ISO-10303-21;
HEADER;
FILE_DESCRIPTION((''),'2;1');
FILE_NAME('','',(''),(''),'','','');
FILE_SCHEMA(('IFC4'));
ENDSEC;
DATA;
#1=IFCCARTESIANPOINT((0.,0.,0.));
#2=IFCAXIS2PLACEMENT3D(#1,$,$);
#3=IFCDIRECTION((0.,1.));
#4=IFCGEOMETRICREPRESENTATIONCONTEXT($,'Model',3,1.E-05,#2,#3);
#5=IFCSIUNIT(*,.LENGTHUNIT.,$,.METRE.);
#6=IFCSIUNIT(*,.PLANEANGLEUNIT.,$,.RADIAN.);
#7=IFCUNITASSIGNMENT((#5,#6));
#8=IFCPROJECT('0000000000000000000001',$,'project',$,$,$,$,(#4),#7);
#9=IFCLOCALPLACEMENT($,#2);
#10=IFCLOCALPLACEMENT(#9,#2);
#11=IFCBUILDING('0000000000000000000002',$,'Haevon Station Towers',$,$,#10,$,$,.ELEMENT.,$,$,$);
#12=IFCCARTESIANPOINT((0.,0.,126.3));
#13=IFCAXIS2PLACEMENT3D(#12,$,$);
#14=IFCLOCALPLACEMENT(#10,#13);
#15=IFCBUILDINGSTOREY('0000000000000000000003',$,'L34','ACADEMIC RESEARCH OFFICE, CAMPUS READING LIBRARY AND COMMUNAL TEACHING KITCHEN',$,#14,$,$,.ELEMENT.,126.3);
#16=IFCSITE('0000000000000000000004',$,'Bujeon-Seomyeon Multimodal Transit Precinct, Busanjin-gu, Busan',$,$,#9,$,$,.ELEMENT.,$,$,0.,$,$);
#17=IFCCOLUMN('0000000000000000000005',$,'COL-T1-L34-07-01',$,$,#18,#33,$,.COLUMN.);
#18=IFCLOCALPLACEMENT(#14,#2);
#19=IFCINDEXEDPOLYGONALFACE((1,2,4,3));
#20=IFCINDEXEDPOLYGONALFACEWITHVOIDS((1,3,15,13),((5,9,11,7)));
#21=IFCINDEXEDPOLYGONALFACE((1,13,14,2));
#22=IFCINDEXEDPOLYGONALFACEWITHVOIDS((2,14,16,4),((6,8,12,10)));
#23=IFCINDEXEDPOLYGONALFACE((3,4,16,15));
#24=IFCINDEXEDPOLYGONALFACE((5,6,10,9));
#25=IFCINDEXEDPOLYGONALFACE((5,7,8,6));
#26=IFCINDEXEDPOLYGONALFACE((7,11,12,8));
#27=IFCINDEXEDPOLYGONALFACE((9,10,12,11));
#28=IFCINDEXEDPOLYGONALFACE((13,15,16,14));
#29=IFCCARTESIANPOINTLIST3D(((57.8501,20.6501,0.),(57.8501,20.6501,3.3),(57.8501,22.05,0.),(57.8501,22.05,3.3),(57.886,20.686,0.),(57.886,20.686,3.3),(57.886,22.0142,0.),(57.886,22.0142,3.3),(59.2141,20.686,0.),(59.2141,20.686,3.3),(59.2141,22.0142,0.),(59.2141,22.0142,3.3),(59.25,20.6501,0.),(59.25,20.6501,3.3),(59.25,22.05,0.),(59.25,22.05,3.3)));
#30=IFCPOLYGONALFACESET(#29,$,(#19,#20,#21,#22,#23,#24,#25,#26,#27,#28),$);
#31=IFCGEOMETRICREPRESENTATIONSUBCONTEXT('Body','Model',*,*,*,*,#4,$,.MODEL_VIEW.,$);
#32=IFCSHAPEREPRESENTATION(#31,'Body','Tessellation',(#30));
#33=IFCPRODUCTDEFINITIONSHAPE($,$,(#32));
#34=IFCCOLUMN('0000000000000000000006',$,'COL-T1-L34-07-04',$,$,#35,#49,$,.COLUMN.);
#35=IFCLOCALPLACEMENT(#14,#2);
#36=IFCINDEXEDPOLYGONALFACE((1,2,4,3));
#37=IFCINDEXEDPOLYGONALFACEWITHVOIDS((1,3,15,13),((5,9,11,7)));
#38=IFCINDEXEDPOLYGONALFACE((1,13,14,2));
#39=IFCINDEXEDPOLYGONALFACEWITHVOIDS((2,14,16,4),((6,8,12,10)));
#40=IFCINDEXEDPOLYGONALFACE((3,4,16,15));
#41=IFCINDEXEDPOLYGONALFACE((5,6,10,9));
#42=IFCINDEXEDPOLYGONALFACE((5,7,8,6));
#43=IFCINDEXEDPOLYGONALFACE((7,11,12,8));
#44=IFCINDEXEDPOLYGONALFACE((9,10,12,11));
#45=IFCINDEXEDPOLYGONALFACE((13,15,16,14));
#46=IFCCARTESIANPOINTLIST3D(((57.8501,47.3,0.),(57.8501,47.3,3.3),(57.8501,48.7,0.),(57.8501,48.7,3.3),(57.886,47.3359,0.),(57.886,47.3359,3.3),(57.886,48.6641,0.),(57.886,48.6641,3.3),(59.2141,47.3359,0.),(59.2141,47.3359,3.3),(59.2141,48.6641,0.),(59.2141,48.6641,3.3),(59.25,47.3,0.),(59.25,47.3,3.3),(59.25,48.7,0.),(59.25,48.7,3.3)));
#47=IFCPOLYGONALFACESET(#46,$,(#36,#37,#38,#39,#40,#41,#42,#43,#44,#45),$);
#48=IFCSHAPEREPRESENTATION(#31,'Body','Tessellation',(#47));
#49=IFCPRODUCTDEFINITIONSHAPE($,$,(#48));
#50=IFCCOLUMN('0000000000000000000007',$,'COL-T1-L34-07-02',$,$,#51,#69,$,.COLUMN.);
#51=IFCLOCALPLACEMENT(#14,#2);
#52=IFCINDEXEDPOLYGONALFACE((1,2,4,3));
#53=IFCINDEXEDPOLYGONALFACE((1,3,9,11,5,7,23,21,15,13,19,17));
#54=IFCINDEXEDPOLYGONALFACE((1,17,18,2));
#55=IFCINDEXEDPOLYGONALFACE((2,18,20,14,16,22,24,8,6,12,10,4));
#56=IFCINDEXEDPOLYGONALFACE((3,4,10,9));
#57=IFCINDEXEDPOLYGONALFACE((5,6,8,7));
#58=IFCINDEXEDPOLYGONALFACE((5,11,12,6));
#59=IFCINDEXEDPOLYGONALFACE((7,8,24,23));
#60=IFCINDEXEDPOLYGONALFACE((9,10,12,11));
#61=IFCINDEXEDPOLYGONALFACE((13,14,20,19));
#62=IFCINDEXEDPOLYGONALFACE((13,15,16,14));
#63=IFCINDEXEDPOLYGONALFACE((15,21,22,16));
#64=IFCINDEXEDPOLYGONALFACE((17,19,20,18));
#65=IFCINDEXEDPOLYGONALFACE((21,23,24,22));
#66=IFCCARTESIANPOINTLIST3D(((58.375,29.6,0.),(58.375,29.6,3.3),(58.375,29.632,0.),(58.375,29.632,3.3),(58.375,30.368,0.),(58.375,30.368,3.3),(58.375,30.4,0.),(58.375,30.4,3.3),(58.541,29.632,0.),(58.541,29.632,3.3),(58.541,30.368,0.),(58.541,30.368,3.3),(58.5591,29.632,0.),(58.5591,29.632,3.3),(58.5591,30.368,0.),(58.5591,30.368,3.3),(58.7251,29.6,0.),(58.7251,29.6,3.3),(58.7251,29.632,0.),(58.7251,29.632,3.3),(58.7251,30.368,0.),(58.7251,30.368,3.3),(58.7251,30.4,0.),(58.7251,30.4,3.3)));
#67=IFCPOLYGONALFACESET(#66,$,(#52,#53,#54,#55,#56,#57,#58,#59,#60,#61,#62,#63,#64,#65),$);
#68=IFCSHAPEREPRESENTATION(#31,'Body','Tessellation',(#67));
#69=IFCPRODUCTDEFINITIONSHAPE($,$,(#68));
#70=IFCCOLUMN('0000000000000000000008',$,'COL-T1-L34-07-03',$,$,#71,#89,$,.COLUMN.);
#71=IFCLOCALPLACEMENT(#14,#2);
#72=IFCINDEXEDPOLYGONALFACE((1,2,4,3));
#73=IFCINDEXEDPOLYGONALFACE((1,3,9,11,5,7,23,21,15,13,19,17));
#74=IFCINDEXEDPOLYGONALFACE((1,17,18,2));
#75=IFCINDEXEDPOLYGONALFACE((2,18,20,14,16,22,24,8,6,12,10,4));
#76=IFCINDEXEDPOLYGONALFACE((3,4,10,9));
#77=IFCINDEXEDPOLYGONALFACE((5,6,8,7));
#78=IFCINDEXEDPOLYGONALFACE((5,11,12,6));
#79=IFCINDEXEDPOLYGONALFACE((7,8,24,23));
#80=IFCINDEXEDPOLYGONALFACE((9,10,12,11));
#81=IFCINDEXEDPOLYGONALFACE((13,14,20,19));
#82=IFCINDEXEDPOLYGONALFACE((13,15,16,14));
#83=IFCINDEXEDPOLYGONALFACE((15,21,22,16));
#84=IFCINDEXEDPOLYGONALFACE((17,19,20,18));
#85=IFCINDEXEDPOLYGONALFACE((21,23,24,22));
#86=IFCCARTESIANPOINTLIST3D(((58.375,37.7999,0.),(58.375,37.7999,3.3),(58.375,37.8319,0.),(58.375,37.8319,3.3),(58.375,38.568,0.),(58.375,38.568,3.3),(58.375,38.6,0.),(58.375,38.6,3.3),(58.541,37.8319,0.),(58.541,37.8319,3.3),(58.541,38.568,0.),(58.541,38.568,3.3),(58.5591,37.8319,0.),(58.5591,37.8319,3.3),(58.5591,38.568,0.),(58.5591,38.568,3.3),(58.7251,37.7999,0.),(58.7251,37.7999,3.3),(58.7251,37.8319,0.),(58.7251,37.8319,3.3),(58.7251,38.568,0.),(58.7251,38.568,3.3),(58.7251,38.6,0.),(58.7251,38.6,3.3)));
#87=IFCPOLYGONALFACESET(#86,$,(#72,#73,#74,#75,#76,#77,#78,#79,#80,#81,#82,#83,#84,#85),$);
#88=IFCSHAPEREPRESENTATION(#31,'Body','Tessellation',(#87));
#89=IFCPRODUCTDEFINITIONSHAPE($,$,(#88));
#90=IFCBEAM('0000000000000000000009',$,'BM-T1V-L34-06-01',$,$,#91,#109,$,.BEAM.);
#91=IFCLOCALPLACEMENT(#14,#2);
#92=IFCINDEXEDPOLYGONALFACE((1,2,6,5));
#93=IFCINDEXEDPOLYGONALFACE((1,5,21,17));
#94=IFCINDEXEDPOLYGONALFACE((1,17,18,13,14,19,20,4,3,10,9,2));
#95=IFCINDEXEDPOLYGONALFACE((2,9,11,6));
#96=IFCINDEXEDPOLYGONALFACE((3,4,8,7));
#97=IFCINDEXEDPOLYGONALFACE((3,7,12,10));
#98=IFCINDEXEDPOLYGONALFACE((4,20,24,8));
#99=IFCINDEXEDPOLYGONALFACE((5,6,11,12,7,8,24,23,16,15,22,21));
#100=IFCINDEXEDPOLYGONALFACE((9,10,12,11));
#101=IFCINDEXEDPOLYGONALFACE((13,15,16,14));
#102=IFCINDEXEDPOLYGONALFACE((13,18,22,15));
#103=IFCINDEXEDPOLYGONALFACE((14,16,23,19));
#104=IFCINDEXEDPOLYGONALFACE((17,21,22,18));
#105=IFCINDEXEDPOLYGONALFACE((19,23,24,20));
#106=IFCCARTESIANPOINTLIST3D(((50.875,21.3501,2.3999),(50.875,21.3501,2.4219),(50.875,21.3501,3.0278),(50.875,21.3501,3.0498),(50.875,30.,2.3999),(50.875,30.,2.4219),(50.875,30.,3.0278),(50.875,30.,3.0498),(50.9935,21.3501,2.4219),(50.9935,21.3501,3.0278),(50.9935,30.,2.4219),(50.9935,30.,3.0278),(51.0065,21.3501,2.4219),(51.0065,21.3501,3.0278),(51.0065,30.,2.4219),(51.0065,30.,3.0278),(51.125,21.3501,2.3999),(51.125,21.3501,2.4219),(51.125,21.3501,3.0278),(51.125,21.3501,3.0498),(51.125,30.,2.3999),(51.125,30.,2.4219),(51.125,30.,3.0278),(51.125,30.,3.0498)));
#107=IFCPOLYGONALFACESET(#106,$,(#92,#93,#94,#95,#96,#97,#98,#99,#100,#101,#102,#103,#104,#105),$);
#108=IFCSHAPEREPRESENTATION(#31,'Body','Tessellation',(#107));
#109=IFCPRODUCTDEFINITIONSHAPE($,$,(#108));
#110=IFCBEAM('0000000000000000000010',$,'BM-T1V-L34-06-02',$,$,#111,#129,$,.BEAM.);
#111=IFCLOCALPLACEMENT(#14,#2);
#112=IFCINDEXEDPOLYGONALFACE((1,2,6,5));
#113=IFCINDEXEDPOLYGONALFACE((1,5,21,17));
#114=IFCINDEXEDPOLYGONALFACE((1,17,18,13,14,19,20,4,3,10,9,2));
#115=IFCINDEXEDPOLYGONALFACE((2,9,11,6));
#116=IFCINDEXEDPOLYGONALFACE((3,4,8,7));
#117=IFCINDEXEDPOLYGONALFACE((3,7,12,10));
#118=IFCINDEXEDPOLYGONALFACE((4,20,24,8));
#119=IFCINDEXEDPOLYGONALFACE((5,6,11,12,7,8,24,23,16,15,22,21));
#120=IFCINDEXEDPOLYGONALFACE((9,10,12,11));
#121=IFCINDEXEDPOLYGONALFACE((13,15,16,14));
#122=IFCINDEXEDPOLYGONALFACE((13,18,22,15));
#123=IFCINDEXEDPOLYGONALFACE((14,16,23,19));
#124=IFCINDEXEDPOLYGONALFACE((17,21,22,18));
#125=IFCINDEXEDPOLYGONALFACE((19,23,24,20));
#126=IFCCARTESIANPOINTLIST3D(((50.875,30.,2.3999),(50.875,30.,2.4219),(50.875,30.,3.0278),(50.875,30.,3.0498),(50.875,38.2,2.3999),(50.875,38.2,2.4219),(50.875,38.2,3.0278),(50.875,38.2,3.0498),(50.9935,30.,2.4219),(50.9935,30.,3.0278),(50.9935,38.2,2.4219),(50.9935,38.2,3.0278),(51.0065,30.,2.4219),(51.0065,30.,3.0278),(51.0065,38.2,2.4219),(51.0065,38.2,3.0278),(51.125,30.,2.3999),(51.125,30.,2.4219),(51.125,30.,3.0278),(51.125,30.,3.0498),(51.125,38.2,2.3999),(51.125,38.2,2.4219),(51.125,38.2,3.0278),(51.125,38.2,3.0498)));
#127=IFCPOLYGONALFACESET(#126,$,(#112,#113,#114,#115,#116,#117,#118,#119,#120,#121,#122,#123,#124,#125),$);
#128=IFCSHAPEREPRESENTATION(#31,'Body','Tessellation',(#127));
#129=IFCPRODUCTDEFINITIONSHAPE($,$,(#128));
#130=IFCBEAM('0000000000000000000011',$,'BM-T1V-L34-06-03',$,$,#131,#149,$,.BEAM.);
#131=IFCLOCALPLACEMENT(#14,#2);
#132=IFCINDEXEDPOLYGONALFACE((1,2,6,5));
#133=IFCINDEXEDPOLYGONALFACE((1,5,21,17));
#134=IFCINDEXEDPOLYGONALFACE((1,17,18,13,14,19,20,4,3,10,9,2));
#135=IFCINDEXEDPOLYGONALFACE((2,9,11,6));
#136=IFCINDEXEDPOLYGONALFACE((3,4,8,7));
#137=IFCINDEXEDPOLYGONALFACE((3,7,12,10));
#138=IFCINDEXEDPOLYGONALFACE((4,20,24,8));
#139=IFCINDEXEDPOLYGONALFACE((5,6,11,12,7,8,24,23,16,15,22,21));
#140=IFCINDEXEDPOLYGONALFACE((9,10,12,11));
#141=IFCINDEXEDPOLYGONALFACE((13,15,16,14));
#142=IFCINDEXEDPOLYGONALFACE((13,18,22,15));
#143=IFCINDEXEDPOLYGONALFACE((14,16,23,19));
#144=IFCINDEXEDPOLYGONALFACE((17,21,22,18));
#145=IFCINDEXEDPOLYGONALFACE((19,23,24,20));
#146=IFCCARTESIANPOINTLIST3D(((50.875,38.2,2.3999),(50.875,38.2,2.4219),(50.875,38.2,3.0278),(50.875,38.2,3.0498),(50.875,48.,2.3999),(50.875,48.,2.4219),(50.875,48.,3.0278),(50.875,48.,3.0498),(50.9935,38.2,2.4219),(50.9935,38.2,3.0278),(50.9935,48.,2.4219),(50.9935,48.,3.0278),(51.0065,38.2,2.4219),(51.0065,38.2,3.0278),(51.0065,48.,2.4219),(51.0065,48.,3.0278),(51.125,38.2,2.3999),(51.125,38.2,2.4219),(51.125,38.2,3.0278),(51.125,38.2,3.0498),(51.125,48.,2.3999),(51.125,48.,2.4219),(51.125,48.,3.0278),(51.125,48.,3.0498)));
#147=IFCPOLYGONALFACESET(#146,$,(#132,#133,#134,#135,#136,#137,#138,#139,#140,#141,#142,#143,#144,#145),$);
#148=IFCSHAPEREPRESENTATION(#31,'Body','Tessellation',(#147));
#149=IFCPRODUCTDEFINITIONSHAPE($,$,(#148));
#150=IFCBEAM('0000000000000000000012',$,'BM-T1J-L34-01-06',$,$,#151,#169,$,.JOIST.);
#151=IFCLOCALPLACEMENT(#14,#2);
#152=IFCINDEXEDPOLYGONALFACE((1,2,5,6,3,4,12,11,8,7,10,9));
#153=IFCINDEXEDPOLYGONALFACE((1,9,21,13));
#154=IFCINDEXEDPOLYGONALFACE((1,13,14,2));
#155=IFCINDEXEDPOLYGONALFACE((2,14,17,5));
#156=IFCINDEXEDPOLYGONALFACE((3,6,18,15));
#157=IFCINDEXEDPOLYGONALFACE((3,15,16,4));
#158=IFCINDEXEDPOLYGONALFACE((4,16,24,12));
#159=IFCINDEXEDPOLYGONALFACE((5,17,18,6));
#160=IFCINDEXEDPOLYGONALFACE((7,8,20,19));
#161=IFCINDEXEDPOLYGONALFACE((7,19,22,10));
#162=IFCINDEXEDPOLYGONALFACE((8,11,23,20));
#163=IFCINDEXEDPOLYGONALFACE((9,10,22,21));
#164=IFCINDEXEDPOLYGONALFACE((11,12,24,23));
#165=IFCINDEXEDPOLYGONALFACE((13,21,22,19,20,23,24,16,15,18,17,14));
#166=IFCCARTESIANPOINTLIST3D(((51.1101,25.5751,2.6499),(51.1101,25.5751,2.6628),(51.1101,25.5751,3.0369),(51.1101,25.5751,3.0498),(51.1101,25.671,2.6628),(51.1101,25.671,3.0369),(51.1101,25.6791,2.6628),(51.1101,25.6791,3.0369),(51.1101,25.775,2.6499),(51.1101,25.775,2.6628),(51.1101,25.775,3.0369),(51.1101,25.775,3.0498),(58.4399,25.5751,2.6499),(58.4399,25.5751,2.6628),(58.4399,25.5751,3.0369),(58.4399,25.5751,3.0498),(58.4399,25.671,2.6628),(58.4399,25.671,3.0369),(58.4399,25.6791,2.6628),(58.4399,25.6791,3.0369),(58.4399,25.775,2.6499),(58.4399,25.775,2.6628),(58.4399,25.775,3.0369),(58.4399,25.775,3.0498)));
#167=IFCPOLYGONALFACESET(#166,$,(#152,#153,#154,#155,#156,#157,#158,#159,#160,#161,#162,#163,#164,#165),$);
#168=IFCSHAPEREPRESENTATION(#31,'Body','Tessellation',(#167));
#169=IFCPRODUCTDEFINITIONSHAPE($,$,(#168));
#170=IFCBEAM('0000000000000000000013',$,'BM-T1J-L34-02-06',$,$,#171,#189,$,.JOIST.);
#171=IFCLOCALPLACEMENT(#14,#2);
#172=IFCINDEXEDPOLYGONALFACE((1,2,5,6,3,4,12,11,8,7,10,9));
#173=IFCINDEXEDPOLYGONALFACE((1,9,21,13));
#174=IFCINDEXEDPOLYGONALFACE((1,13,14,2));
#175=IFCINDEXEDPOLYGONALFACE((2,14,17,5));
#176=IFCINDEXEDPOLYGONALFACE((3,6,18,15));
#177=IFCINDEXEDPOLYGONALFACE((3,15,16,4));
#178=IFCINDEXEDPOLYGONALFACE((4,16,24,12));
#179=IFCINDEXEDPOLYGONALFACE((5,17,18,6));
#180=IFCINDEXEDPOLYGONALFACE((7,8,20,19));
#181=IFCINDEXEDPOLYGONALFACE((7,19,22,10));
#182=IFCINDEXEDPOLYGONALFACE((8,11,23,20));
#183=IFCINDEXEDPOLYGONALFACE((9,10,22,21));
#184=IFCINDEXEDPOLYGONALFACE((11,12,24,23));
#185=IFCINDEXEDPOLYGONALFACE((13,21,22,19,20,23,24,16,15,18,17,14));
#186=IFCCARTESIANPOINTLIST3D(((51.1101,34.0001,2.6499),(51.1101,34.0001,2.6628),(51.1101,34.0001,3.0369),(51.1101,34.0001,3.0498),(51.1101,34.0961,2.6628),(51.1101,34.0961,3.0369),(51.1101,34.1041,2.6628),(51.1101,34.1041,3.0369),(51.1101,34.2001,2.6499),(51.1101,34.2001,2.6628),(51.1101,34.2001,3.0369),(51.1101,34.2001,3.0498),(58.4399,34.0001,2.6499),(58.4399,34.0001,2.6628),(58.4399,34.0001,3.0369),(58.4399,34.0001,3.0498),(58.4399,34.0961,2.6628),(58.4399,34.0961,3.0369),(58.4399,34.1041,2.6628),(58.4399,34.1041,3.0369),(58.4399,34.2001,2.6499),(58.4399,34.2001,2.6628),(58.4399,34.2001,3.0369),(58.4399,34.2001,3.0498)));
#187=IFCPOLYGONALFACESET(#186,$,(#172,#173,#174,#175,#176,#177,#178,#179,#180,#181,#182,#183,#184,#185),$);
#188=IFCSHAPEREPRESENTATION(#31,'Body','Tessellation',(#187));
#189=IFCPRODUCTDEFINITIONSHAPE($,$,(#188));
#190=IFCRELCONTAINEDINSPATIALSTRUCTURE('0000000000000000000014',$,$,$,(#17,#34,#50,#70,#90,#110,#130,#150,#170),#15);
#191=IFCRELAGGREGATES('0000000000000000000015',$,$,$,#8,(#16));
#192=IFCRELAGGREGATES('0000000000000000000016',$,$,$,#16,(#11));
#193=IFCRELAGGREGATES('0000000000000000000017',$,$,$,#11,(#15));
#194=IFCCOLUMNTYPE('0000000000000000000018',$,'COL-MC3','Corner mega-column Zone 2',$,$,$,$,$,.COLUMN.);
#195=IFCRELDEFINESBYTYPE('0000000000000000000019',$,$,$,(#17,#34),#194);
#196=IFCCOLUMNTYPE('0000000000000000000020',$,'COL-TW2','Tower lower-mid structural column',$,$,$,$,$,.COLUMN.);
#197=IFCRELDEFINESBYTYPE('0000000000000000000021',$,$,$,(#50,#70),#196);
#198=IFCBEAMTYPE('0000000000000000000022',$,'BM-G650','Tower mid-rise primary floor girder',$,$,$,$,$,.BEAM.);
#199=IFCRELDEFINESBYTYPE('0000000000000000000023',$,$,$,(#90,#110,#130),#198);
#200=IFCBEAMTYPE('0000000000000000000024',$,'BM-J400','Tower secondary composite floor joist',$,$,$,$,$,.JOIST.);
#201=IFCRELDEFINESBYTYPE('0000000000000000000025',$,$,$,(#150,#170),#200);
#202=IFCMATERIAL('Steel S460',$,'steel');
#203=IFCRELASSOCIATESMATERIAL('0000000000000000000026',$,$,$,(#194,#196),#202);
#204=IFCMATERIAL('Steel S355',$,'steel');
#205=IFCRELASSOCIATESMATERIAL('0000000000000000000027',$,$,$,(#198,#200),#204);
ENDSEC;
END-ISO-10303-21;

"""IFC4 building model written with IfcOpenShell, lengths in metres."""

from ifc_helpers import new_model, si_unit, direction, frame, origin, origin_2d, place, context, subcontext, project, spatial, hollow_rectangle, i_section, extrude, material, material_profile, profile_set, type_object, element, save


model = new_model("IFC4")

# Units and contexts
model_context = context("Model", 3, precision=1e-05, world=origin(), true_north=direction((0.0, 1.0)))
body_context = subcontext(model_context, "Body", "Model", "MODEL_VIEW")
ifc_project = project(units=[si_unit("LENGTHUNIT", "METRE"), si_unit("PLANEANGLEUNIT", "RADIAN")], contexts=[model_context])

# Site, building, storey
site_placement = place(None, origin())
site = spatial("IfcSite", under=ifc_project, at=site_placement, Name="Bujeon-Seomyeon Multimodal Transit Precinct, Busanjin-gu, Busan", CompositionType="ELEMENT", RefElevation=0.0)
building_placement = place(site_placement, origin())
building = spatial("IfcBuilding", under=site, at=building_placement, Name="Haevon Station Towers", CompositionType="ELEMENT")
storey_placement = place(building_placement, frame((0.0, 0.0, 126.3)))
storey = spatial("IfcBuildingStorey", under=building, at=storey_placement, Name="L34", Description="ACADEMIC RESEARCH OFFICE, CAMPUS READING LIBRARY AND COMMUNAL TEACHING KITCHEN", CompositionType="ELEMENT", Elevation=126.3)

# Columns
ifc_material_1 = material(Name="Steel S460", Category="steel")
ifc_material_profile_1 = material_profile(ifc_material_1, hollow_rectangle(XDim=1.3999, YDim=1.3999, WallThickness=0.0359, at=origin_2d()), Name="BOX-1400x1400x36")
ifc_profile_set_1 = profile_set([ifc_material_profile_1], Name="Steel S460")
column_type_1 = type_object("IfcColumnType", Name="COL-MC3", Description="Corner mega-column Zone 2", PredefinedType="COLUMN", material=ifc_profile_set_1)
for number, where, z_axis, x_axis, name in (
    (1, (58.55, 21.3501, 0.0), (0.0, 0.0, 1.0), (1.0, 0.0, 0.0), "COL-T1-L34-07-01"),
    (2, (58.55, 48.0, 0.0), (0.0, 0.0, 1.0), (1.0, 0.0, 0.0), "COL-T1-L34-07-04"),
):
    element("IfcColumn", number, at=place(storey_placement, frame(where, z_axis=z_axis, x_axis=x_axis)), inside=storey, type_object=column_type_1, Name=name, PredefinedType="COLUMN", context=body_context, shape_type="SweptSolid", body=[
        extrude(hollow_rectangle(XDim=1.3999, YDim=1.3999, WallThickness=0.0359, at=origin_2d()), origin(), (0.0, 0.0, 1.0), 3.3),
    ])
ifc_material_profile_2 = material_profile(ifc_material_1, i_section(OverallWidth=0.3501, OverallDepth=0.8, WebThickness=0.0181, FlangeThickness=0.032, at=origin_2d()), Name="H-800x350x18x32")
ifc_profile_set_2 = profile_set([ifc_material_profile_2], Name="Steel S460")
column_type_2 = type_object("IfcColumnType", Name="COL-TW2", Description="Tower lower-mid structural column", PredefinedType="COLUMN", material=ifc_profile_set_2)
for number, where, z_axis, x_axis, name in (
    (3, (58.55, 30.0, 0.0), (0.0, 0.0, 1.0), (1.0, 0.0, 0.0), "COL-T1-L34-07-02"),
    (4, (58.55, 38.2, 0.0), (0.0, 0.0, 1.0), (1.0, 0.0, 0.0), "COL-T1-L34-07-03"),
):
    element("IfcColumn", number, at=place(storey_placement, frame(where, z_axis=z_axis, x_axis=x_axis)), inside=storey, type_object=column_type_2, Name=name, PredefinedType="COLUMN", context=body_context, shape_type="SweptSolid", body=[
        extrude(i_section(OverallWidth=0.3501, OverallDepth=0.8, WebThickness=0.0181, FlangeThickness=0.032, at=origin_2d()), origin(), (0.0, 0.0, 1.0), 3.3),
    ])

# Beams
ifc_material_2 = material(Name="Steel S355", Category="steel")
ifc_material_profile_3 = material_profile(ifc_material_2, i_section(OverallWidth=0.25, OverallDepth=0.6499, WebThickness=0.0129, FlangeThickness=0.022, at=origin_2d()), Name="H-650x250x13x22")
ifc_profile_set_3 = profile_set([ifc_material_profile_3], Name="Steel S355")
beam_type_1 = type_object("IfcBeamType", Name="BM-G650", Description="Tower mid-rise primary floor girder", PredefinedType="BEAM", material=ifc_profile_set_3)
beam_1_placement = place(storey_placement, frame((51.0, 21.3501, 2.7249), z_axis=(0.0, 1.0, 0.0), x_axis=(-1.0, 0.0, 0.0)))
element("IfcBeam", 5, at=beam_1_placement, inside=storey, type_object=beam_type_1, Name="BM-T1V-L34-06-01", PredefinedType="BEAM", context=body_context, shape_type="SweptSolid", body=[
    extrude(i_section(OverallWidth=0.25, OverallDepth=0.6499, WebThickness=0.0129, FlangeThickness=0.022, at=origin_2d()), origin(), (0.0, 0.0, 1.0), 8.6499),
])
beam_2_placement = place(storey_placement, frame((51.0, 30.0, 2.7249), z_axis=(0.0, 1.0, 0.0), x_axis=(-1.0, 0.0, 0.0)))
element("IfcBeam", 6, at=beam_2_placement, inside=storey, type_object=beam_type_1, Name="BM-T1V-L34-06-02", PredefinedType="BEAM", context=body_context, shape_type="SweptSolid", body=[
    extrude(i_section(OverallWidth=0.25, OverallDepth=0.6499, WebThickness=0.0129, FlangeThickness=0.022, at=origin_2d()), origin(), (0.0, 0.0, 1.0), 8.2),
])
beam_3_placement = place(storey_placement, frame((51.0, 38.2, 2.7249), z_axis=(0.0, 1.0, 0.0), x_axis=(-1.0, 0.0, 0.0)))
element("IfcBeam", 7, at=beam_3_placement, inside=storey, type_object=beam_type_1, Name="BM-T1V-L34-06-03", PredefinedType="BEAM", context=body_context, shape_type="SweptSolid", body=[
    extrude(i_section(OverallWidth=0.25, OverallDepth=0.6499, WebThickness=0.0129, FlangeThickness=0.022, at=origin_2d()), origin(), (0.0, 0.0, 1.0), 9.8),
])
ifc_material_profile_4 = material_profile(ifc_material_2, i_section(OverallWidth=0.2, OverallDepth=0.3999, WebThickness=0.0081, FlangeThickness=0.0129, at=origin_2d()), Name="H-400x200x8x13")
ifc_profile_set_4 = profile_set([ifc_material_profile_4], Name="Steel S355")
beam_type_2 = type_object("IfcBeamType", Name="BM-J400", Description="Tower secondary composite floor joist", PredefinedType="JOIST", material=ifc_profile_set_4)
for number, where, z_axis, x_axis, name in (
    (8, (51.1101, 25.675, 2.8499), (1.0, 0.0, 0.0), (0.0, 1.0, 0.0), "BM-T1J-L34-01-06"),
    (9, (51.1101, 34.1001, 2.8499), (1.0, 0.0, 0.0), (0.0, 1.0, 0.0), "BM-T1J-L34-02-06"),
):
    element("IfcBeam", number, at=place(storey_placement, frame(where, z_axis=z_axis, x_axis=x_axis)), inside=storey, type_object=beam_type_2, Name=name, PredefinedType="JOIST", context=body_context, shape_type="SweptSolid", body=[
        extrude(i_section(OverallWidth=0.2, OverallDepth=0.3999, WebThickness=0.0081, FlangeThickness=0.0129, at=origin_2d()), origin(), (0.0, 0.0, 1.0), 7.3298),
    ])

save(model, "model.ifc")
